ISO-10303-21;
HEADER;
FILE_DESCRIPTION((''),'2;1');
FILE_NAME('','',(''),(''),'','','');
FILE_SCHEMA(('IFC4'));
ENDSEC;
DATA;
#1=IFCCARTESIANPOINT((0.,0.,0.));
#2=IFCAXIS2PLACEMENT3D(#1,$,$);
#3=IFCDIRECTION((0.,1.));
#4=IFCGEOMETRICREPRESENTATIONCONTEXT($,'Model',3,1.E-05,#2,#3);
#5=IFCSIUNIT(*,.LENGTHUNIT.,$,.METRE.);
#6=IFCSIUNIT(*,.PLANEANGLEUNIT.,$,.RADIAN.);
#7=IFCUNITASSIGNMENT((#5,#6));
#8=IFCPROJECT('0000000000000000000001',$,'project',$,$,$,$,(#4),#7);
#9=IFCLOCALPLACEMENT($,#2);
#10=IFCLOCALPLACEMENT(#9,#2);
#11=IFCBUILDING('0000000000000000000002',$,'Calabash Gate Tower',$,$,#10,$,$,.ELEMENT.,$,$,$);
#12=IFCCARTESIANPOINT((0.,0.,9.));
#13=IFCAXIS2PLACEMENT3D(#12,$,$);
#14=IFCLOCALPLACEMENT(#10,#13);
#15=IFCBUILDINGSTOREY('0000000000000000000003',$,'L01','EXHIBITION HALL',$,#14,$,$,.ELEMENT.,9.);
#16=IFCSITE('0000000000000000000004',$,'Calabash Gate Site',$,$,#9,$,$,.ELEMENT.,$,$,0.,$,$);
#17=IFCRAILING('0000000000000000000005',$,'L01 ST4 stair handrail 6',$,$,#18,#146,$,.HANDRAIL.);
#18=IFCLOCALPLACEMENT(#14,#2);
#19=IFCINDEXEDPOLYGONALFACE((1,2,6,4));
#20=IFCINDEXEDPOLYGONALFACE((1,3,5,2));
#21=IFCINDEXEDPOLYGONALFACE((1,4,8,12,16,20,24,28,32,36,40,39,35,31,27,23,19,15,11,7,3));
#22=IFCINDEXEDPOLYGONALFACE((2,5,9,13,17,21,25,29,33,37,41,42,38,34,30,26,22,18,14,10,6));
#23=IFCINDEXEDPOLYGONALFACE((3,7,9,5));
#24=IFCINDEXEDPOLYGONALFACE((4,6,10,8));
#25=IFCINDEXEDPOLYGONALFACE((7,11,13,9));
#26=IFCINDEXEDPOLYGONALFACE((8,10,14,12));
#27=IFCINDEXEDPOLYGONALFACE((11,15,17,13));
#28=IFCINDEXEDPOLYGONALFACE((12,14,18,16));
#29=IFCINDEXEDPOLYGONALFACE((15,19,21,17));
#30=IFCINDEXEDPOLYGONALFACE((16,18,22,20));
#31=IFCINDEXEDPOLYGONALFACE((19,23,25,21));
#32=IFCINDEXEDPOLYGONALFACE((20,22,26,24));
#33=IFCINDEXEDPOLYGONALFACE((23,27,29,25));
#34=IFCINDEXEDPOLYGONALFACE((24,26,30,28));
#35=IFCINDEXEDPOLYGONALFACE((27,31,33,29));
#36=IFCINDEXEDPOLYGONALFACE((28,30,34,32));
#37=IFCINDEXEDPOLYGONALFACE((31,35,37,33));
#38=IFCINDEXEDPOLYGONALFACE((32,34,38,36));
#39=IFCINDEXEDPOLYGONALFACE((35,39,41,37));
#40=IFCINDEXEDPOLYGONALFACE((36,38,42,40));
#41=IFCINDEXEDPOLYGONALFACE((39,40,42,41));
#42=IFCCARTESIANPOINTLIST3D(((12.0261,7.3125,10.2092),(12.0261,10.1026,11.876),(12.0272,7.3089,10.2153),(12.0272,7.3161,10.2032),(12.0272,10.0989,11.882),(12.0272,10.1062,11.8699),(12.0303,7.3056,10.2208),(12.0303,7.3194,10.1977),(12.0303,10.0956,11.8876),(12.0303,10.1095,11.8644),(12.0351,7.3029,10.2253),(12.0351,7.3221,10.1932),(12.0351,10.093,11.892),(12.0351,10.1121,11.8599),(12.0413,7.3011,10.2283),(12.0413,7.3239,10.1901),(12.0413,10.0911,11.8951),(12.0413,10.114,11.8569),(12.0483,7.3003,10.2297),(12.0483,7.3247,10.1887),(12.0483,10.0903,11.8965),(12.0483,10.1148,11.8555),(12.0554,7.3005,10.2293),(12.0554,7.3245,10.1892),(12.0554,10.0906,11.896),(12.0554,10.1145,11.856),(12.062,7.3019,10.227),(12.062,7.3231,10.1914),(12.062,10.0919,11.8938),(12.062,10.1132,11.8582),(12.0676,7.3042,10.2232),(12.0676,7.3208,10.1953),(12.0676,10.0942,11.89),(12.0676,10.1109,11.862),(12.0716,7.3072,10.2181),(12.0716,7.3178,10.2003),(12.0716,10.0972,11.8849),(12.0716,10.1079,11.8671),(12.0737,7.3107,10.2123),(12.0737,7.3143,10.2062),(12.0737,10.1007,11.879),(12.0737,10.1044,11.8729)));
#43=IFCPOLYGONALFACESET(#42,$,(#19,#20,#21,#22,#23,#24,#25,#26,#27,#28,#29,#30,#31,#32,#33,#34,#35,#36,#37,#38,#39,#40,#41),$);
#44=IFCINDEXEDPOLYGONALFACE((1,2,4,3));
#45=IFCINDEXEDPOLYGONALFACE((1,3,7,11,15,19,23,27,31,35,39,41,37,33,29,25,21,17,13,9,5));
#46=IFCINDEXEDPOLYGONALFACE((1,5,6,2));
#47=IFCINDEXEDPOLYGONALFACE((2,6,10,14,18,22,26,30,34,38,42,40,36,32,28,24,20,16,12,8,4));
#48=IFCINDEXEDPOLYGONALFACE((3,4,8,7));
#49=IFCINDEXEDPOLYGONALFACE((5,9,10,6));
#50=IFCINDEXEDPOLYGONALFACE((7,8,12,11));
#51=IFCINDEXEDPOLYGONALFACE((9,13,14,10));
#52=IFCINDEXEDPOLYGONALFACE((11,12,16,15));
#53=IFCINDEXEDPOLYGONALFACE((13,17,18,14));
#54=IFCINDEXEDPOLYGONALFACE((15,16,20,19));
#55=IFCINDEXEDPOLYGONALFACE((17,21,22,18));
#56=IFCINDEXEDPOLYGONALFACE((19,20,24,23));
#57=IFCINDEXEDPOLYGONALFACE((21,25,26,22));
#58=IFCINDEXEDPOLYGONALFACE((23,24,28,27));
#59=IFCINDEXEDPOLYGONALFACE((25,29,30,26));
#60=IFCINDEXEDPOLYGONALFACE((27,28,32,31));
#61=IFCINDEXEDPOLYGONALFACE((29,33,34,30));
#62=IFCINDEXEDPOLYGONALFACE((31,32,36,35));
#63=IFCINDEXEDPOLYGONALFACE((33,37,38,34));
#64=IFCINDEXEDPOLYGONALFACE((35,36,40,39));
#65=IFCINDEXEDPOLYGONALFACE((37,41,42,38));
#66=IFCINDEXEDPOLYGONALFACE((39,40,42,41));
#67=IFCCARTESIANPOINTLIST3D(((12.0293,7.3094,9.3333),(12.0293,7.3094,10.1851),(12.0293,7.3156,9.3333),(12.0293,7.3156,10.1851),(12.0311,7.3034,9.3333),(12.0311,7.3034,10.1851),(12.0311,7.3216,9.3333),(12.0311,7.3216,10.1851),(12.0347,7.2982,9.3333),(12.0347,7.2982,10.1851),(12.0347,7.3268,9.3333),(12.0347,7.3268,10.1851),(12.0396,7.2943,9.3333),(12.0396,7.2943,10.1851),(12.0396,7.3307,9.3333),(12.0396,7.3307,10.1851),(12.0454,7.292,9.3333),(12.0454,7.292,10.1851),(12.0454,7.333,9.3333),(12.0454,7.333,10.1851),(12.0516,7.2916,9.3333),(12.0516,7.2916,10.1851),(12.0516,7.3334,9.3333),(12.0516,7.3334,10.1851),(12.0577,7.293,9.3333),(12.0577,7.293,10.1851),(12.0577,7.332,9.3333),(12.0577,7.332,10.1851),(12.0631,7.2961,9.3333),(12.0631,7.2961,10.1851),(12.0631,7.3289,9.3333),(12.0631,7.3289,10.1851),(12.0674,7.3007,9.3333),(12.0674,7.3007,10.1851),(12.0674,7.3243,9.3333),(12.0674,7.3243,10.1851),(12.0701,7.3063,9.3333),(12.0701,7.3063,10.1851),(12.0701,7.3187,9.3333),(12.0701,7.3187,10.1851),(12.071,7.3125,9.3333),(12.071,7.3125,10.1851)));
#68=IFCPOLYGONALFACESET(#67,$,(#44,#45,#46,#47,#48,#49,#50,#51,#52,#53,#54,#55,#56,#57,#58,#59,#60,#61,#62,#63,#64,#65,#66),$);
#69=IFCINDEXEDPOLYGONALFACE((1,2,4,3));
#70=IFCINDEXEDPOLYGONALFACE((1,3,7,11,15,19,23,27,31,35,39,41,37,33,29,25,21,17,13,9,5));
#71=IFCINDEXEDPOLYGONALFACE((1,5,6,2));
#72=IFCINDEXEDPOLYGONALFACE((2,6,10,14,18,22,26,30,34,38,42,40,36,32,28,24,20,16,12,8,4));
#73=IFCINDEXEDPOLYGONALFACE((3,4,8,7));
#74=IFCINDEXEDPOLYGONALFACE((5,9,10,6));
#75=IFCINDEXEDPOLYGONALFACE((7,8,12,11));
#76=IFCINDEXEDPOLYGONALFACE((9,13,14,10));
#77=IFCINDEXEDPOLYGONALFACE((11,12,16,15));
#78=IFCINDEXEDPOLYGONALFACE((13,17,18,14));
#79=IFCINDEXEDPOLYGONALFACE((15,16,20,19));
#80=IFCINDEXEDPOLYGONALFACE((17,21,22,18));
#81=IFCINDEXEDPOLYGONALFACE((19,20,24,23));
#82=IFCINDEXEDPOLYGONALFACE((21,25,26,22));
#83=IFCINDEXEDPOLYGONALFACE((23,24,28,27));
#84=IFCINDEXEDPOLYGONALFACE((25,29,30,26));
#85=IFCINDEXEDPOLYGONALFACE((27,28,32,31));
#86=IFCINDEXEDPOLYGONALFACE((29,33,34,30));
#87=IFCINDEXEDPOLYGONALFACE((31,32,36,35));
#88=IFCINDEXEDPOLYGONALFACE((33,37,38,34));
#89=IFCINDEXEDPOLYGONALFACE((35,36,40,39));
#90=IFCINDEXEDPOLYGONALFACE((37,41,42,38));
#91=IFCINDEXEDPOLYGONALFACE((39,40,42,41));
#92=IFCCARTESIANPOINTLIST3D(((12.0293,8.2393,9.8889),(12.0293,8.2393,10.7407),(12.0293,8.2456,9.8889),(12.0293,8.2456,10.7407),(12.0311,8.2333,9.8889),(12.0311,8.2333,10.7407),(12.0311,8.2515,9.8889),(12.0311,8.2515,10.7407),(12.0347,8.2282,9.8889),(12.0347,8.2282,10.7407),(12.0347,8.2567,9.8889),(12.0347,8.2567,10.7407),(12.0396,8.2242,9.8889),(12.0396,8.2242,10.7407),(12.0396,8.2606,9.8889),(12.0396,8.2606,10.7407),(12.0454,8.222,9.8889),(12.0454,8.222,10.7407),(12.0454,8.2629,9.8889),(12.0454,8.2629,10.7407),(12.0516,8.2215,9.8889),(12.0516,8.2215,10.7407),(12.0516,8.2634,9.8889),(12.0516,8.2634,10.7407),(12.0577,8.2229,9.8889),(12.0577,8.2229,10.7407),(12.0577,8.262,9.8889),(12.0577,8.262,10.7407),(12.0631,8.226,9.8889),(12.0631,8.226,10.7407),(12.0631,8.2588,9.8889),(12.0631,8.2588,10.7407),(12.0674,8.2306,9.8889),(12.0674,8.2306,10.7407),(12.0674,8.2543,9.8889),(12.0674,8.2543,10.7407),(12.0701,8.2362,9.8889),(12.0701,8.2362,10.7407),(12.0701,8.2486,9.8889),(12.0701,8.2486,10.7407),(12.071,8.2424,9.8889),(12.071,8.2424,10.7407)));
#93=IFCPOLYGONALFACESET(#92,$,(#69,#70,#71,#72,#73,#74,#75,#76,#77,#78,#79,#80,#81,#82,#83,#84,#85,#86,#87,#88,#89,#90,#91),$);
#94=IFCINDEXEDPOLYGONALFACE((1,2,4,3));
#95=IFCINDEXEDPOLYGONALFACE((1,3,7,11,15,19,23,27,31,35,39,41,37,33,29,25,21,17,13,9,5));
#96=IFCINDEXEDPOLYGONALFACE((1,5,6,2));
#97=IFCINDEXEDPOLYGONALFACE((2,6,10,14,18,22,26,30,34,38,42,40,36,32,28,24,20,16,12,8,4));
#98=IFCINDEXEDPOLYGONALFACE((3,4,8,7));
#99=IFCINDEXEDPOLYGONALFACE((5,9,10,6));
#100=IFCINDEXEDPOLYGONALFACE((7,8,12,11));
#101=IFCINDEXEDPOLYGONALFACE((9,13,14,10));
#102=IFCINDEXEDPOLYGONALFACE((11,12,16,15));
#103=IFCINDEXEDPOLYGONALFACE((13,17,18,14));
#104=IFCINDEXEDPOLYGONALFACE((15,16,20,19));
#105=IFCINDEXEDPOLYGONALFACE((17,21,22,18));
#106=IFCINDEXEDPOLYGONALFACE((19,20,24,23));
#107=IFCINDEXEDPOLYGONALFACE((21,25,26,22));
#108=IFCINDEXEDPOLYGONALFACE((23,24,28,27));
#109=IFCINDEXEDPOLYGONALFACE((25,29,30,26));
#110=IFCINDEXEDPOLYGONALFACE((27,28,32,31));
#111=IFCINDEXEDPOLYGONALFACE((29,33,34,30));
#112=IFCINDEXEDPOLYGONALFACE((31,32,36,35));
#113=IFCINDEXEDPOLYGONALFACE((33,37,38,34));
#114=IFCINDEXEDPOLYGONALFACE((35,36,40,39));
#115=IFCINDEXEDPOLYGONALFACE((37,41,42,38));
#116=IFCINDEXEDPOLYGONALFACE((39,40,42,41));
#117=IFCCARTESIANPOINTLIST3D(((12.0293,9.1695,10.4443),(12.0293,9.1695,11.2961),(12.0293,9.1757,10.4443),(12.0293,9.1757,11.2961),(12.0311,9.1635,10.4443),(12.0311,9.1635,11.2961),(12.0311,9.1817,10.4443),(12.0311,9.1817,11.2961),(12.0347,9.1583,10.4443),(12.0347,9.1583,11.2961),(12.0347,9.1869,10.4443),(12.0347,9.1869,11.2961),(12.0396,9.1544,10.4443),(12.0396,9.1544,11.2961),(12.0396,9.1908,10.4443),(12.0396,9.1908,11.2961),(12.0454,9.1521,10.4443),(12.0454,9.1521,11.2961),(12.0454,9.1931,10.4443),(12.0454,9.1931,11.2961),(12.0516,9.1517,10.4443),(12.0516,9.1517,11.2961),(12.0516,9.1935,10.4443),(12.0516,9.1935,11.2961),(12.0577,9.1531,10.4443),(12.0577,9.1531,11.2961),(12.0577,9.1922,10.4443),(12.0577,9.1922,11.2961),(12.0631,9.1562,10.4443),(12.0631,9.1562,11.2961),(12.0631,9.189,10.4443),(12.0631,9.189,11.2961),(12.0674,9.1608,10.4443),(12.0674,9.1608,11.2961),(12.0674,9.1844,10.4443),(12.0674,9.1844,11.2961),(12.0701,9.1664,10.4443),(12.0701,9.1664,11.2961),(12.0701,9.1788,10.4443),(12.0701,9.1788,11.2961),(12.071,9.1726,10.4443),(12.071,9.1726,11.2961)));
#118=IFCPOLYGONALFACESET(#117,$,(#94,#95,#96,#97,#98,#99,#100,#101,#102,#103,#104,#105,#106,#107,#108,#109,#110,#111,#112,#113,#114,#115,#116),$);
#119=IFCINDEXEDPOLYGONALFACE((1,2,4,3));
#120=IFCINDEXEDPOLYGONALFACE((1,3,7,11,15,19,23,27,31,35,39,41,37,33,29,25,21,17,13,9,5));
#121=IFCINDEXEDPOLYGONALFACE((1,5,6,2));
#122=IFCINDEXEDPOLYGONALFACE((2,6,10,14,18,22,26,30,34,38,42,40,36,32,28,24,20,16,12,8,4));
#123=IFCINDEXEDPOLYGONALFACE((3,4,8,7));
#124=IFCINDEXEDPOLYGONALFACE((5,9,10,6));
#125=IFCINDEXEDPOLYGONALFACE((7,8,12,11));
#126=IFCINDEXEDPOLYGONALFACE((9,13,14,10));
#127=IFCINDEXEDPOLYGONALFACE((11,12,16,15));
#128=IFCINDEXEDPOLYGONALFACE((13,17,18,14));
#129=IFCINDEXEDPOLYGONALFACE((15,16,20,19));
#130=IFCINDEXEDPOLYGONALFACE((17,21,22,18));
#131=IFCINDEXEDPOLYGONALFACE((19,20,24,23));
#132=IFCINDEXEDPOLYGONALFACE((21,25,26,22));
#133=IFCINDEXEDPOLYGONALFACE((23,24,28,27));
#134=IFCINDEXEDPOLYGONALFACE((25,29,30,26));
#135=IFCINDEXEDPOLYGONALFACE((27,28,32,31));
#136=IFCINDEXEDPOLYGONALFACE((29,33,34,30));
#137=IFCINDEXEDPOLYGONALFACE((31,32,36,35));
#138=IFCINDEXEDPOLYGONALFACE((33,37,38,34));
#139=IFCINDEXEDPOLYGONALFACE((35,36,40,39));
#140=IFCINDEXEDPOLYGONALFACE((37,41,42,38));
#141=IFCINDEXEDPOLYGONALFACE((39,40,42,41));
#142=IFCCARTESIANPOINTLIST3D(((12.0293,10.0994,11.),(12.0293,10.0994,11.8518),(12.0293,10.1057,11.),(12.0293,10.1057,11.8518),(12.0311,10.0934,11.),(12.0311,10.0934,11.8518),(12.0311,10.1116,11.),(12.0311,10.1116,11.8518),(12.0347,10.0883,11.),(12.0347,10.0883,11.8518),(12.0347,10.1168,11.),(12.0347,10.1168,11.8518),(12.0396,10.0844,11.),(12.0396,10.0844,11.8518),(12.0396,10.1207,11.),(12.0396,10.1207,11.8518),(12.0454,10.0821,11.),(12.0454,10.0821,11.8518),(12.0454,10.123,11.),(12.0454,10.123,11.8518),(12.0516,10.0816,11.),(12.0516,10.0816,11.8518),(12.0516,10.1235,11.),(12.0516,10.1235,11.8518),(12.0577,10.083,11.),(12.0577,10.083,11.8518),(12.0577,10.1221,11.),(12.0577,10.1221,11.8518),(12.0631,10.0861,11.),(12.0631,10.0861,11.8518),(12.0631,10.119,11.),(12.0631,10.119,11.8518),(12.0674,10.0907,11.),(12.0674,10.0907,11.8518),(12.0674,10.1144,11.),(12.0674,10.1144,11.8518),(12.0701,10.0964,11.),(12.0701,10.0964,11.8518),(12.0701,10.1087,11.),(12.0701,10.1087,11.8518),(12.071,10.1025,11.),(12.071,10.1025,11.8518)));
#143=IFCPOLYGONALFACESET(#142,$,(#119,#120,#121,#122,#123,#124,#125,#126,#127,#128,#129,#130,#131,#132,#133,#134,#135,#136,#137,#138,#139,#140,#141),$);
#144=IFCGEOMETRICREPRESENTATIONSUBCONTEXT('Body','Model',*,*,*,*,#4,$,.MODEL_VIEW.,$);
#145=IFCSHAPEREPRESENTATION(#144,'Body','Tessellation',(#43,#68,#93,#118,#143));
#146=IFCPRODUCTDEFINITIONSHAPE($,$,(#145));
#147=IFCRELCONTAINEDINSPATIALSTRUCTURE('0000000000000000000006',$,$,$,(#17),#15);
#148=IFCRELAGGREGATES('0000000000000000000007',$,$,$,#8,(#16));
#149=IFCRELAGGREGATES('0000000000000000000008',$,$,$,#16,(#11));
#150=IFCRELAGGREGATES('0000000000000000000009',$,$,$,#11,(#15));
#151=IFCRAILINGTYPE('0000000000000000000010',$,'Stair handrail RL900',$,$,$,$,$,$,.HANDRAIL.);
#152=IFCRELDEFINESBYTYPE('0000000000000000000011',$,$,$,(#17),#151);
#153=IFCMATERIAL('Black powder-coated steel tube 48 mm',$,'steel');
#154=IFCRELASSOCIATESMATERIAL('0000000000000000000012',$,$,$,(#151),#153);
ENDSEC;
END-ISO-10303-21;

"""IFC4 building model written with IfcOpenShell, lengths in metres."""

from ifc_helpers import new_model, si_unit, direction, frame, origin, origin_2d, place, context, subcontext, project, spatial, circle, extrude, material, type_object, element, save


model = new_model("IFC4")

# Units and contexts
model_context = context("Model", 3, precision=1e-05, world=origin(), true_north=direction((0.0, 1.0)))
body_context = subcontext(model_context, "Body", "Model", "MODEL_VIEW")
ifc_project = project(units=[si_unit("LENGTHUNIT", "METRE"), si_unit("PLANEANGLEUNIT", "RADIAN")], contexts=[model_context])

# Site, building, storey
site_placement = place(None, origin())
site = spatial("IfcSite", under=ifc_project, at=site_placement, Name="Calabash Gate Site", CompositionType="ELEMENT", RefElevation=0.0)
building_placement = place(site_placement, origin())
building = spatial("IfcBuilding", under=site, at=building_placement, Name="Calabash Gate Tower", CompositionType="ELEMENT")
storey_placement = place(building_placement, frame((0.0, 0.0, 9.0)))
storey = spatial("IfcBuildingStorey", under=building, at=storey_placement, Name="L01", Description="EXHIBITION HALL", CompositionType="ELEMENT", Elevation=9.0)

# Railing
ifc_material_1 = material(Name="Black powder-coated steel tube 48 mm", Category="steel")
railing_type_1 = type_object("IfcRailingType", Name="Stair handrail RL900", PredefinedType="HANDRAIL", material=ifc_material_1)
railing_1_placement = place(storey_placement, frame((12.05, 7.3125, 9.3333)))
element("IfcRailing", 1, at=railing_1_placement, inside=storey, type_object=railing_type_1, Name="L01 ST4 stair handrail 6", PredefinedType="HANDRAIL", context=body_context, shape_type="SweptSolid", body=[
    extrude(circle(Radius=0.0239, at=origin_2d()), frame((0.0, 0.0, 0.876), z_axis=(0.0, 0.858479, 0.512849), x_axis=(-1.0, 0.0, 0.0)), (0.0, 0.0, 1.0), 3.25),
    extrude(circle(Radius=0.021, at=origin_2d()), origin(), (0.0, 0.0, 1.0), 0.8518),
    extrude(circle(Radius=0.021, at=origin_2d()), frame((0.0, 0.9299, 0.5557)), (0.0, 0.0, 1.0), 0.8518),
    extrude(circle(Radius=0.021, at=origin_2d()), frame((0.0, 1.8601, 1.1111)), (0.0, 0.0, 1.0), 0.8518),
    extrude(circle(Radius=0.021, at=origin_2d()), frame((0.0, 2.79, 1.6667)), (0.0, 0.0, 1.0), 0.8518),
])

save(model, "model.ifc")
